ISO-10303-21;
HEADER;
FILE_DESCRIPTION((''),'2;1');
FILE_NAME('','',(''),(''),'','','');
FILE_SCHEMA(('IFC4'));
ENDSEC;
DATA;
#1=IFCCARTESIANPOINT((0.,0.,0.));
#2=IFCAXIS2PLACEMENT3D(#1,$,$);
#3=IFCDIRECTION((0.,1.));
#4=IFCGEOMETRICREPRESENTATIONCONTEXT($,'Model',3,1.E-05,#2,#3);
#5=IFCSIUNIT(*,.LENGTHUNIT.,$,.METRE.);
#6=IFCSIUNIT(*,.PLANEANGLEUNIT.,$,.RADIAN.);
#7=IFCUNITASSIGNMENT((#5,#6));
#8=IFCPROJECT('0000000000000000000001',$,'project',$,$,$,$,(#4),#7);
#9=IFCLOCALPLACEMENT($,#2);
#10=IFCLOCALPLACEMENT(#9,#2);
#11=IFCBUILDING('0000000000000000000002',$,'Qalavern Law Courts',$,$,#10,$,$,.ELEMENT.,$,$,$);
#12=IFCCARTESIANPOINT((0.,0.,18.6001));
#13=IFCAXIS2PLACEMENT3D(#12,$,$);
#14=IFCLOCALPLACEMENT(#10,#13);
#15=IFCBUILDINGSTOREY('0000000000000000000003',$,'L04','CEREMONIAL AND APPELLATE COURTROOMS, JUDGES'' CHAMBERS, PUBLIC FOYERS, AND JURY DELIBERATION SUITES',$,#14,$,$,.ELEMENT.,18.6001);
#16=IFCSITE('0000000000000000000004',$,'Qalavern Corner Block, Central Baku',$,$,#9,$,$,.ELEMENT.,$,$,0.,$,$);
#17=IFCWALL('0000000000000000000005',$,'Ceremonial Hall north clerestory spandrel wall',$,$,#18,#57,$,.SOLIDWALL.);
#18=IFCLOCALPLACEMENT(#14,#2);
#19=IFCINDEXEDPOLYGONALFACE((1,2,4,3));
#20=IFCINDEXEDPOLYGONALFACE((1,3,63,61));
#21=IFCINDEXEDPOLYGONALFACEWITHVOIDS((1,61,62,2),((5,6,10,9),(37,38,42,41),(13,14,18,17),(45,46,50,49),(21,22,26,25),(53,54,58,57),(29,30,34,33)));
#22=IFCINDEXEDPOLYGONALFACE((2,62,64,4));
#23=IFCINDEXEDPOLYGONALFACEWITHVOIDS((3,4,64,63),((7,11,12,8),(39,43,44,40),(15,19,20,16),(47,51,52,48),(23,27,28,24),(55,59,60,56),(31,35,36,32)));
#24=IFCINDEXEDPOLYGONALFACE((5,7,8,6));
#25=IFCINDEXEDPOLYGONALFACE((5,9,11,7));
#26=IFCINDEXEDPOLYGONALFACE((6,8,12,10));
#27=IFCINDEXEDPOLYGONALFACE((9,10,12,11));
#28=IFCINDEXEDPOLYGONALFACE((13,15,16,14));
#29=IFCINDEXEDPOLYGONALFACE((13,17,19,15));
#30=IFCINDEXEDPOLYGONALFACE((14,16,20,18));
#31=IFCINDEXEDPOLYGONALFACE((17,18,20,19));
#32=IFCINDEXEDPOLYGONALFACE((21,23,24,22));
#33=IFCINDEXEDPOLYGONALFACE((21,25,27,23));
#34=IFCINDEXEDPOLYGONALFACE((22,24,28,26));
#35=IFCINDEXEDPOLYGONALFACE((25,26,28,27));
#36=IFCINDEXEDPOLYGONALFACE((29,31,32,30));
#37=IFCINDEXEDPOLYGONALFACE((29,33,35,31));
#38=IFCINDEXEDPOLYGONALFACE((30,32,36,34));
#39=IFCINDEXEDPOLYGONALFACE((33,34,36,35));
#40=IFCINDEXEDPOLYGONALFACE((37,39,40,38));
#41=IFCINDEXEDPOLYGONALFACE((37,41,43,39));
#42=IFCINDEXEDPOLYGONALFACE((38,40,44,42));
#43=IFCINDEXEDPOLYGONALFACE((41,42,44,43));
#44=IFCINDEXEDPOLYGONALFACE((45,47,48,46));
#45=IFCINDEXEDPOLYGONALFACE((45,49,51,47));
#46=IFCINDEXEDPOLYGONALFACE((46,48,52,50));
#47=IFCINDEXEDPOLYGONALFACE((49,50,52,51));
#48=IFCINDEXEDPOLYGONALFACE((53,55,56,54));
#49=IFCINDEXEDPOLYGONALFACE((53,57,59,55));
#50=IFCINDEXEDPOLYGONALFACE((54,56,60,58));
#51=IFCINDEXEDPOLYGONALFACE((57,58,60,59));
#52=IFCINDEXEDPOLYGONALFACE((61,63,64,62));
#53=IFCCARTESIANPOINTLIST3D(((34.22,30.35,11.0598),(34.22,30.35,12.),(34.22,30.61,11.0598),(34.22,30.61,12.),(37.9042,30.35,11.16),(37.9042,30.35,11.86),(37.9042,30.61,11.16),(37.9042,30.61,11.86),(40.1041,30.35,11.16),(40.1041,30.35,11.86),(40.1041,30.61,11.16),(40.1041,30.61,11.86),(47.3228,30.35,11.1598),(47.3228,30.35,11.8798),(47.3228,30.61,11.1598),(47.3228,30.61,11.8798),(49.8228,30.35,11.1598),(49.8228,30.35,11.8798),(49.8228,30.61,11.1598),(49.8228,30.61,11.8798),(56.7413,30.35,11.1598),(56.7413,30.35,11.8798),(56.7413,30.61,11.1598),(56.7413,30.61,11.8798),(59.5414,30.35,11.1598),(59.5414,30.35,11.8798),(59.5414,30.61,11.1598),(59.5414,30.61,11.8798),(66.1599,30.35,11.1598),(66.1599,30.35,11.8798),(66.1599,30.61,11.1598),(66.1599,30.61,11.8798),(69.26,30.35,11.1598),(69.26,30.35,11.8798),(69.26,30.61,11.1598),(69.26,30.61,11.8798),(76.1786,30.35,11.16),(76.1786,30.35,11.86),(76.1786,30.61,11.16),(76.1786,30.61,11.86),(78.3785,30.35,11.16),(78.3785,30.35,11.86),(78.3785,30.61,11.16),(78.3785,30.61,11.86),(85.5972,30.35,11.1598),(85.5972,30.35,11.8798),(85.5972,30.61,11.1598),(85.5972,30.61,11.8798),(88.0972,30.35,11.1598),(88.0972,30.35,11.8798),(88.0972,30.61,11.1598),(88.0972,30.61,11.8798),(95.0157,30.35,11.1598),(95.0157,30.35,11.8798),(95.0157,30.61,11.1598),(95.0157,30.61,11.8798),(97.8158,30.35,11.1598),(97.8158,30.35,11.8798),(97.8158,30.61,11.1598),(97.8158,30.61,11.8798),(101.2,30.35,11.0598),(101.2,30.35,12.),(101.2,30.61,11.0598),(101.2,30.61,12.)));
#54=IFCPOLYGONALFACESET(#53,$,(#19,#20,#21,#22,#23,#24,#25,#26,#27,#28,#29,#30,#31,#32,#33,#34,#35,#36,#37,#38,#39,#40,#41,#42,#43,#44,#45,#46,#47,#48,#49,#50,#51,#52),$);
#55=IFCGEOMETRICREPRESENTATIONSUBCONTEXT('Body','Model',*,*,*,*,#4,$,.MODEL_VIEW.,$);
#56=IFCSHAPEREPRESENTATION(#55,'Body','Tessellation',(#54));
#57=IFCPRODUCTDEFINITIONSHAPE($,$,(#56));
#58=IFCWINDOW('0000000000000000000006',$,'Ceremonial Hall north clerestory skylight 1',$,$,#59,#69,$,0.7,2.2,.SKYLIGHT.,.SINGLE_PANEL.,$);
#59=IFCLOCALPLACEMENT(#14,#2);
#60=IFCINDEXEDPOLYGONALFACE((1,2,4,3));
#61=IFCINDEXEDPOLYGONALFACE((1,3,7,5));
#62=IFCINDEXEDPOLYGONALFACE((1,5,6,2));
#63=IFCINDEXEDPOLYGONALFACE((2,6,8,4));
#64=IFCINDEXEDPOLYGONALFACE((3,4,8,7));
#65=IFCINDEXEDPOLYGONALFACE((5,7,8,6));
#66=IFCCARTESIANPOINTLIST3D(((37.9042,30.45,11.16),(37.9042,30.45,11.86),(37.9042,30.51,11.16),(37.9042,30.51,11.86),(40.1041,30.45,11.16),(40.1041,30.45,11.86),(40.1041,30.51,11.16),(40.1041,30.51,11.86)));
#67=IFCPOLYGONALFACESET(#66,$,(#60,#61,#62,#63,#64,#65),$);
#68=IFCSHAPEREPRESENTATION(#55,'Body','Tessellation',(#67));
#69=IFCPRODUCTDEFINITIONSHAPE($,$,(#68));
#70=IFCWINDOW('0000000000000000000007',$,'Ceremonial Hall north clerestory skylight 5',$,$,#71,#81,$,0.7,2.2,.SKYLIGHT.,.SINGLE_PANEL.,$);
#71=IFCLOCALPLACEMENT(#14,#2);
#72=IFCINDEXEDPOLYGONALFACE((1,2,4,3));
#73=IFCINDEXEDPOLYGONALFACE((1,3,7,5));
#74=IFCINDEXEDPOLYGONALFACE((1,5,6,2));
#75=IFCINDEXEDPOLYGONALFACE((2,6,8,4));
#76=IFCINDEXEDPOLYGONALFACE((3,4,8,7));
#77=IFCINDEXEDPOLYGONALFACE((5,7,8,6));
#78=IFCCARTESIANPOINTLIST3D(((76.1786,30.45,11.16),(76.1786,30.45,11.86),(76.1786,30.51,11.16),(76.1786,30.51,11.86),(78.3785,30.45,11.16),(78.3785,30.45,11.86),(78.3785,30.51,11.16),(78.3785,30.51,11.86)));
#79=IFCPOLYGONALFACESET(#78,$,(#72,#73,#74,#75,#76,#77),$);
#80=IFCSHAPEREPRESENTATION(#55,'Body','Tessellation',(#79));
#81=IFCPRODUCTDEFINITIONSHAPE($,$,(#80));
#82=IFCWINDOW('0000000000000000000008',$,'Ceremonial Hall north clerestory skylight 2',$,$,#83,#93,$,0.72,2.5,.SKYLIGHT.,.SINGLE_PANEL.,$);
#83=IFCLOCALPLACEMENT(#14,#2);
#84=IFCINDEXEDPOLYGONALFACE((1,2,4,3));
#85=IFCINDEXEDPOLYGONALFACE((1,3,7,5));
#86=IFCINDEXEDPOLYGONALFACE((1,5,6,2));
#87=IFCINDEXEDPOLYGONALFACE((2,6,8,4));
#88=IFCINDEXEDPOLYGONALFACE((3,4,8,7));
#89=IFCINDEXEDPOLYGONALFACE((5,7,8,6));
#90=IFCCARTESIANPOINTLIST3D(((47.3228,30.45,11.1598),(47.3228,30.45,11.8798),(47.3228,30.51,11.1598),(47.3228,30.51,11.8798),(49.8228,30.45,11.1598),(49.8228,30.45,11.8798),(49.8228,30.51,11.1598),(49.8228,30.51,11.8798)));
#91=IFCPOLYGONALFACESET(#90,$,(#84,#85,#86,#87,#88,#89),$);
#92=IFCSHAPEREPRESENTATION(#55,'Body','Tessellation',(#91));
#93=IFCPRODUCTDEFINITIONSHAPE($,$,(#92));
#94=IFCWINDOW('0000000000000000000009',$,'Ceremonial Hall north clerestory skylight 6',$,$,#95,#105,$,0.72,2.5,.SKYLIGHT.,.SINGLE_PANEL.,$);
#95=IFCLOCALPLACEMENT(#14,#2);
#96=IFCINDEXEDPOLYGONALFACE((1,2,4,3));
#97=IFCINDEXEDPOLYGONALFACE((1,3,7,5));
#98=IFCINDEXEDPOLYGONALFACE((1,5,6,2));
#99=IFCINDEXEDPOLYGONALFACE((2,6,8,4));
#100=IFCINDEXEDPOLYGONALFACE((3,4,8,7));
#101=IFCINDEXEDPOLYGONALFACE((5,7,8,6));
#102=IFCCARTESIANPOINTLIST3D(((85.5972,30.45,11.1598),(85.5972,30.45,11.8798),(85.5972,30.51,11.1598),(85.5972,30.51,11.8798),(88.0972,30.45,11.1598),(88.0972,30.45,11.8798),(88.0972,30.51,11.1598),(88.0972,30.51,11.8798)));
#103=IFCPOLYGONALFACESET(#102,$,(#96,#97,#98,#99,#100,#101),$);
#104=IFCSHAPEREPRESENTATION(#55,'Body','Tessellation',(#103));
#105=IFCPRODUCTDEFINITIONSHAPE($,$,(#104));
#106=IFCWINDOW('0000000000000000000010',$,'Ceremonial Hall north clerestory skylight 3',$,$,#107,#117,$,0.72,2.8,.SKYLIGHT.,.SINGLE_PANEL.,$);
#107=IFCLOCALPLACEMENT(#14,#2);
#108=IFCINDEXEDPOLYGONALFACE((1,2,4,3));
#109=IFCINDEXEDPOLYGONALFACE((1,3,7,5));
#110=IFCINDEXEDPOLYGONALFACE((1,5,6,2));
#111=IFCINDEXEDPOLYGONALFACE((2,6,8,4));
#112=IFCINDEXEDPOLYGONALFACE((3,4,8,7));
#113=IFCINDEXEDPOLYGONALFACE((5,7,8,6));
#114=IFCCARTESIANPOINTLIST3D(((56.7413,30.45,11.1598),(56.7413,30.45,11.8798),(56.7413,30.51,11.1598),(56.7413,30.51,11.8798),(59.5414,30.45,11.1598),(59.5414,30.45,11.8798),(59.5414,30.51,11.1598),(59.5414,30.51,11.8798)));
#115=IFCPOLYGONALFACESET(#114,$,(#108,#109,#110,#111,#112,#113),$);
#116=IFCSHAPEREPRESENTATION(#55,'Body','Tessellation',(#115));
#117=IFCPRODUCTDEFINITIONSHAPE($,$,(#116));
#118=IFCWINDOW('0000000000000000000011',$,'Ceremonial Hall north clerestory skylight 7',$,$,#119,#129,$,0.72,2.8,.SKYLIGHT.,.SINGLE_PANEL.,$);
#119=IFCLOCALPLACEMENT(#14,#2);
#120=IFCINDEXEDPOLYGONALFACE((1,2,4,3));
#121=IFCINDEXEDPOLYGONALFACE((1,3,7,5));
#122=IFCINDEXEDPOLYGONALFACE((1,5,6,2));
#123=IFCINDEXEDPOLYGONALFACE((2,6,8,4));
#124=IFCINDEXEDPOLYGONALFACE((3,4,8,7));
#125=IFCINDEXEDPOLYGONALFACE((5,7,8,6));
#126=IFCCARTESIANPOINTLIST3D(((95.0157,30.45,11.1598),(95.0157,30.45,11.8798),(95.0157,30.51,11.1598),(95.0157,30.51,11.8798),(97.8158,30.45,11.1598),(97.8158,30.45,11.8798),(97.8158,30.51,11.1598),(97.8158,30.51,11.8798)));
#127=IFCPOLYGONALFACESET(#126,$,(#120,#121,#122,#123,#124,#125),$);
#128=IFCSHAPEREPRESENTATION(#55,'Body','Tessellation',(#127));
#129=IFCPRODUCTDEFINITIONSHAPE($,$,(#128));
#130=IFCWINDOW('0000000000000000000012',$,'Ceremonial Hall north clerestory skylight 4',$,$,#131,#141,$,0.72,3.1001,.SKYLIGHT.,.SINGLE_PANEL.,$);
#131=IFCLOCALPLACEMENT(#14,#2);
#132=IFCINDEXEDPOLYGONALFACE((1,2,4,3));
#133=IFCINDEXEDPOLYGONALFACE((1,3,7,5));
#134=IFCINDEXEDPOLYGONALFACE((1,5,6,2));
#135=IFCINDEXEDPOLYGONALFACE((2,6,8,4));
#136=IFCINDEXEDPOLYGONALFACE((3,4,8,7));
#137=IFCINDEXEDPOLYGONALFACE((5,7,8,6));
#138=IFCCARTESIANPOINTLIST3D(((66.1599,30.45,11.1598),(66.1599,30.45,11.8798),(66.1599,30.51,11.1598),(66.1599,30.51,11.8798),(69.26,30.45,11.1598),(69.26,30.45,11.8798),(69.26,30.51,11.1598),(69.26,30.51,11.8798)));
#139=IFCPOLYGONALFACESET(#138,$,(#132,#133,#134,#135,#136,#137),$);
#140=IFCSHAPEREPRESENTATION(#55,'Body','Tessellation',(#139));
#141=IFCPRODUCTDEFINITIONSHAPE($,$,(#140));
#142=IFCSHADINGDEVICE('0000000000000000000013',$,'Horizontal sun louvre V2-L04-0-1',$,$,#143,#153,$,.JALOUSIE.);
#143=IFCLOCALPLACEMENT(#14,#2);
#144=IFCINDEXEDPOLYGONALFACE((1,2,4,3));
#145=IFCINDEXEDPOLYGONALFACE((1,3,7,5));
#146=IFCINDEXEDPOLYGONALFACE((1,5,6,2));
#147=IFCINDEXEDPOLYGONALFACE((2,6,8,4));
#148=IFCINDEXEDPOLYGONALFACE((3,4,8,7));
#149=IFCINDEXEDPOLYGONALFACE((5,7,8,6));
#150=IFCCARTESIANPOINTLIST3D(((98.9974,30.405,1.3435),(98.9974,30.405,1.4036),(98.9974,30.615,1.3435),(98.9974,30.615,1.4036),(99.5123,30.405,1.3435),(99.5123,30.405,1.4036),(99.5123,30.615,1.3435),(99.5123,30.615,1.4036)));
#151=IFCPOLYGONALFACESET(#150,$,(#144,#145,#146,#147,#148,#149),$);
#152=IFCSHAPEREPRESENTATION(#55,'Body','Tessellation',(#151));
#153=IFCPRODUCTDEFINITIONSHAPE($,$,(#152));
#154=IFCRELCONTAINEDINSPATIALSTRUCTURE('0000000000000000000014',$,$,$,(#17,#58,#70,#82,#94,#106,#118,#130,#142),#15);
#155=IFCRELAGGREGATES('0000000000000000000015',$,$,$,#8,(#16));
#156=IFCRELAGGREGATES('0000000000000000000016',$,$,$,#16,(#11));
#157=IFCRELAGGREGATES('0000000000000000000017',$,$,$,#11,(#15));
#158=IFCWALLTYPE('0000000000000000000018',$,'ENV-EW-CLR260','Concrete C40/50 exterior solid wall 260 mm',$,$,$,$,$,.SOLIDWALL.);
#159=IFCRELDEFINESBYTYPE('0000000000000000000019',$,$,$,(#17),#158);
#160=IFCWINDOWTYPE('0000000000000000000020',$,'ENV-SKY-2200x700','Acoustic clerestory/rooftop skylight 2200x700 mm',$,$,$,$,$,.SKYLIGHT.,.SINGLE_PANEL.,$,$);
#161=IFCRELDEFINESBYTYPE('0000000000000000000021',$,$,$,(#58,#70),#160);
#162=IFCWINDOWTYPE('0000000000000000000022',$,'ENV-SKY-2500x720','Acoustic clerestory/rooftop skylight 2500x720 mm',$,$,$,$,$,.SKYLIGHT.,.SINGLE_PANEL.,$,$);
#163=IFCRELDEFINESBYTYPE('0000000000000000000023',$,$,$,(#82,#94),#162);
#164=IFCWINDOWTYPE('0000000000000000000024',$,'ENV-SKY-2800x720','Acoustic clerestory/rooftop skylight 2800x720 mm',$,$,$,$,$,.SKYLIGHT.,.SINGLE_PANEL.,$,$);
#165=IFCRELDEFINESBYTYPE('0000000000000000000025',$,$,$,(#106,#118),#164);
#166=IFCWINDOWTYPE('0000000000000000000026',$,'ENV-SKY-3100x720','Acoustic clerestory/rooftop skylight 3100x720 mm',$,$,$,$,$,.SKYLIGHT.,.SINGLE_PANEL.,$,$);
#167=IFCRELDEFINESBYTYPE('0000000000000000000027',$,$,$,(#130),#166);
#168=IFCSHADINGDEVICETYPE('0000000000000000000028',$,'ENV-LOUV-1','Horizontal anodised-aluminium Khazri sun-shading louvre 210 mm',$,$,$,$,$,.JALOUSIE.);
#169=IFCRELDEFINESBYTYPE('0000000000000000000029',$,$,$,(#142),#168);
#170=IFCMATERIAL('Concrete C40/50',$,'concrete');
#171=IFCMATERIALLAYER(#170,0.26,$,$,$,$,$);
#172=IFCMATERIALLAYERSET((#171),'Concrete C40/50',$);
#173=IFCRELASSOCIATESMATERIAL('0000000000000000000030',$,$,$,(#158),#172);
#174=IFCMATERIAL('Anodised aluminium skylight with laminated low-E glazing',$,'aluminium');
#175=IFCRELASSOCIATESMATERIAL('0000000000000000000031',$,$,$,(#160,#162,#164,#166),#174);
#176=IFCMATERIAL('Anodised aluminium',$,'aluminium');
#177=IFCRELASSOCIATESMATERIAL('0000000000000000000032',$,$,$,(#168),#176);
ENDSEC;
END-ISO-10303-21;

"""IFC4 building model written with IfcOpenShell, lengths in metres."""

from ifc_helpers import new_model, si_unit, direction, frame, frame_2d, origin, origin_2d, place, context, subcontext, project, spatial, rectangle, extrude, material, layer, layer_set, type_object, element, fill, save


model = new_model("IFC4")

# Units and contexts
model_context = context("Model", 3, precision=1e-05, world=origin(), true_north=direction((0.0, 1.0)))
body_context = subcontext(model_context, "Body", "Model", "MODEL_VIEW")
ifc_project = project(units=[si_unit("LENGTHUNIT", "METRE"), si_unit("PLANEANGLEUNIT", "RADIAN")], contexts=[model_context])

# Site, building, storey
site_placement = place(None, origin())
site = spatial("IfcSite", under=ifc_project, at=site_placement, Name="Qalavern Corner Block, Central Baku", CompositionType="ELEMENT", RefElevation=0.0)
building_placement = place(site_placement, origin())
building = spatial("IfcBuilding", under=site, at=building_placement, Name="Qalavern Law Courts", CompositionType="ELEMENT")
storey_placement = place(building_placement, frame((0.0, 0.0, 18.6001)))
storey = spatial("IfcBuildingStorey", under=building, at=storey_placement, Name="L04", Description="CEREMONIAL AND APPELLATE COURTROOMS, JUDGES' CHAMBERS, PUBLIC FOYERS, AND JURY DELIBERATION SUITES", CompositionType="ELEMENT", Elevation=18.6001)

# Shared definitions
ifc_material_1 = material(Name="Anodised aluminium", Category="aluminium")

# Wall, openings, windows
ifc_material_2 = material(Name="Concrete C40/50", Category="concrete")
ifc_layer_1 = layer(ifc_material_2, 0.26)
ifc_layer_set_1 = layer_set([ifc_layer_1], Name="Concrete C40/50")
wall_type = type_object("IfcWallType", Name="ENV-EW-CLR260", Description="Concrete C40/50 exterior solid wall 260 mm", PredefinedType="SOLIDWALL", material=ifc_layer_set_1)
wall_placement = place(storey_placement, frame((101.2, 30.48, 11.0598), z_axis=(0.0, 0.0, 1.0), x_axis=(-1.0, 0.0, 0.0)))
wall = element("IfcWall", 1, at=wall_placement, inside=storey, type_object=wall_type, Name="Ceremonial Hall north clerestory spandrel wall", PredefinedType="SOLIDWALL", context=body_context, shape_type="SweptSolid", body=[
    extrude(rectangle(XDim=66.98, YDim=0.26, at=frame_2d((33.49, 0.0))), origin(), (0.0, 0.0, 1.0), 0.9402),
])
opening_1_placement = place(wall_placement, frame((61.0957, 0.0, 0.1001)))
opening_1 = element("IfcOpeningElement", 2, at=opening_1_placement, cuts=wall, PredefinedType="OPENING", context=body_context, shape_type="SweptSolid", body=[
    extrude(rectangle(XDim=2.2, YDim=0.7, at=frame_2d((1.1001, 0.3501))), frame((0.0, 0.145, 0.0), z_axis=(0.0, -1.0, 0.0), x_axis=(1.0, 0.0, 0.0)), (0.0, 0.0, 1.0), 0.2898),
])
opening_2_placement = place(wall_placement, frame((51.3772, 0.0, 0.1001)))
opening_2 = element("IfcOpeningElement", 3, at=opening_2_placement, cuts=wall, PredefinedType="OPENING", context=body_context, shape_type="SweptSolid", body=[
    extrude(rectangle(XDim=2.5, YDim=0.72, at=frame_2d((1.25, 0.3599))), frame((0.0, 0.145, 0.0), z_axis=(0.0, -1.0, 0.0), x_axis=(1.0, 0.0, 0.0)), (0.0, 0.0, 1.0), 0.2898),
])
opening_3_placement = place(wall_placement, frame((41.6587, 0.0, 0.1001)))
opening_3 = element("IfcOpeningElement", 4, at=opening_3_placement, cuts=wall, PredefinedType="OPENING", context=body_context, shape_type="SweptSolid", body=[
    extrude(rectangle(XDim=2.8, YDim=0.72, at=frame_2d((1.3999, 0.3599))), frame((0.0, 0.145, 0.0), z_axis=(0.0, -1.0, 0.0), x_axis=(1.0, 0.0, 0.0)), (0.0, 0.0, 1.0), 0.2898),
])
opening_4_placement = place(wall_placement, frame((31.9399, 0.0, 0.1001)))
opening_4 = element("IfcOpeningElement", 5, at=opening_4_placement, cuts=wall, PredefinedType="OPENING", context=body_context, shape_type="SweptSolid", body=[
    extrude(rectangle(XDim=3.1001, YDim=0.72, at=frame_2d((1.55, 0.3599))), frame((0.0, 0.145, 0.0), z_axis=(0.0, -1.0, 0.0), x_axis=(1.0, 0.0, 0.0)), (0.0, 0.0, 1.0), 0.2898),
])
opening_5_placement = place(wall_placement, frame((22.8213, 0.0, 0.1001)))
opening_5 = element("IfcOpeningElement", 6, at=opening_5_placement, cuts=wall, PredefinedType="OPENING", context=body_context, shape_type="SweptSolid", body=[
    extrude(rectangle(XDim=2.2, YDim=0.7, at=frame_2d((1.1001, 0.3501))), frame((0.0, 0.145, 0.0), z_axis=(0.0, -1.0, 0.0), x_axis=(1.0, 0.0, 0.0)), (0.0, 0.0, 1.0), 0.2898),
])
opening_6_placement = place(wall_placement, frame((13.1028, 0.0, 0.1001)))
opening_6 = element("IfcOpeningElement", 7, at=opening_6_placement, cuts=wall, PredefinedType="OPENING", context=body_context, shape_type="SweptSolid", body=[
    extrude(rectangle(XDim=2.5, YDim=0.72, at=frame_2d((1.25, 0.3599))), frame((0.0, 0.145, 0.0), z_axis=(0.0, -1.0, 0.0), x_axis=(1.0, 0.0, 0.0)), (0.0, 0.0, 1.0), 0.2898),
])
opening_7_placement = place(wall_placement, frame((3.3843, 0.0, 0.1001)))
opening_7 = element("IfcOpeningElement", 8, at=opening_7_placement, cuts=wall, PredefinedType="OPENING", context=body_context, shape_type="SweptSolid", body=[
    extrude(rectangle(XDim=2.8, YDim=0.72, at=frame_2d((1.3999, 0.3599))), frame((0.0, 0.145, 0.0), z_axis=(0.0, -1.0, 0.0), x_axis=(1.0, 0.0, 0.0)), (0.0, 0.0, 1.0), 0.2898),
])
ifc_material_3 = material(Name="Anodised aluminium skylight with laminated low-E glazing", Category="aluminium")
window_type_1 = type_object("IfcWindowType", Name="ENV-SKY-2200x700", Description="Acoustic clerestory/rooftop skylight 2200x700 mm", PartitioningType="SINGLE_PANEL", PredefinedType="SKYLIGHT", material=ifc_material_3)
window_1_placement = place(opening_1_placement, origin())
window_1 = element("IfcWindow", 9, at=window_1_placement, inside=storey, type_object=window_type_1, Name="Ceremonial Hall north clerestory skylight 1", OverallHeight=0.7, OverallWidth=2.2, PartitioningType="SINGLE_PANEL", PredefinedType="SKYLIGHT", context=body_context, shape_type="SweptSolid", body=[
    extrude(rectangle(XDim=2.2, YDim=0.7, at=frame_2d((1.1001, 0.3501))), frame((0.0, 0.03, 0.0), z_axis=(0.0, -1.0, 0.0), x_axis=(1.0, 0.0, 0.0)), (0.0, 0.0, 1.0), 0.0601),
])
fill(opening_1, window_1)
window_2_placement = place(opening_5_placement, origin())
window_2 = element("IfcWindow", 10, at=window_2_placement, inside=storey, type_object=window_type_1, Name="Ceremonial Hall north clerestory skylight 5", OverallHeight=0.7, OverallWidth=2.2, PartitioningType="SINGLE_PANEL", PredefinedType="SKYLIGHT", context=body_context, shape_type="SweptSolid", body=[
    extrude(rectangle(XDim=2.2, YDim=0.7, at=frame_2d((1.1001, 0.3501))), frame((0.0, 0.03, 0.0), z_axis=(0.0, -1.0, 0.0), x_axis=(1.0, 0.0, 0.0)), (0.0, 0.0, 1.0), 0.0601),
])
fill(opening_5, window_2)
window_type_2 = type_object("IfcWindowType", Name="ENV-SKY-2500x720", Description="Acoustic clerestory/rooftop skylight 2500x720 mm", PartitioningType="SINGLE_PANEL", PredefinedType="SKYLIGHT", material=ifc_material_3)
window_3_placement = place(opening_2_placement, origin())
window_3 = element("IfcWindow", 11, at=window_3_placement, inside=storey, type_object=window_type_2, Name="Ceremonial Hall north clerestory skylight 2", OverallHeight=0.72, OverallWidth=2.5, PartitioningType="SINGLE_PANEL", PredefinedType="SKYLIGHT", context=body_context, shape_type="SweptSolid", body=[
    extrude(rectangle(XDim=2.5, YDim=0.72, at=frame_2d((1.25, 0.3599))), frame((0.0, 0.03, 0.0), z_axis=(0.0, -1.0, 0.0), x_axis=(1.0, 0.0, 0.0)), (0.0, 0.0, 1.0), 0.0601),
])
fill(opening_2, window_3)
window_4_placement = place(opening_6_placement, origin())
window_4 = element("IfcWindow", 12, at=window_4_placement, inside=storey, type_object=window_type_2, Name="Ceremonial Hall north clerestory skylight 6", OverallHeight=0.72, OverallWidth=2.5, PartitioningType="SINGLE_PANEL", PredefinedType="SKYLIGHT", context=body_context, shape_type="SweptSolid", body=[
    extrude(rectangle(XDim=2.5, YDim=0.72, at=frame_2d((1.25, 0.3599))), frame((0.0, 0.03, 0.0), z_axis=(0.0, -1.0, 0.0), x_axis=(1.0, 0.0, 0.0)), (0.0, 0.0, 1.0), 0.0601),
])
fill(opening_6, window_4)
window_type_3 = type_object("IfcWindowType", Name="ENV-SKY-2800x720", Description="Acoustic clerestory/rooftop skylight 2800x720 mm", PartitioningType="SINGLE_PANEL", PredefinedType="SKYLIGHT", material=ifc_material_3)
window_5_placement = place(opening_3_placement, origin())
window_5 = element("IfcWindow", 13, at=window_5_placement, inside=storey, type_object=window_type_3, Name="Ceremonial Hall north clerestory skylight 3", OverallHeight=0.72, OverallWidth=2.8, PartitioningType="SINGLE_PANEL", PredefinedType="SKYLIGHT", context=body_context, shape_type="SweptSolid", body=[
    extrude(rectangle(XDim=2.8, YDim=0.72, at=frame_2d((1.3999, 0.3599))), frame((0.0, 0.03, 0.0), z_axis=(0.0, -1.0, 0.0), x_axis=(1.0, 0.0, 0.0)), (0.0, 0.0, 1.0), 0.0601),
])
fill(opening_3, window_5)
window_6_placement = place(opening_7_placement, origin())
window_6 = element("IfcWindow", 14, at=window_6_placement, inside=storey, type_object=window_type_3, Name="Ceremonial Hall north clerestory skylight 7", OverallHeight=0.72, OverallWidth=2.8, PartitioningType="SINGLE_PANEL", PredefinedType="SKYLIGHT", context=body_context, shape_type="SweptSolid", body=[
    extrude(rectangle(XDim=2.8, YDim=0.72, at=frame_2d((1.3999, 0.3599))), frame((0.0, 0.03, 0.0), z_axis=(0.0, -1.0, 0.0), x_axis=(1.0, 0.0, 0.0)), (0.0, 0.0, 1.0), 0.0601),
])
fill(opening_7, window_6)
window_type_4 = type_object("IfcWindowType", Name="ENV-SKY-3100x720", Description="Acoustic clerestory/rooftop skylight 3100x720 mm", PartitioningType="SINGLE_PANEL", PredefinedType="SKYLIGHT", material=ifc_material_3)
window_7_placement = place(opening_4_placement, origin())
window_7 = element("IfcWindow", 15, at=window_7_placement, inside=storey, type_object=window_type_4, Name="Ceremonial Hall north clerestory skylight 4", OverallHeight=0.72, OverallWidth=3.1001, PartitioningType="SINGLE_PANEL", PredefinedType="SKYLIGHT", context=body_context, shape_type="SweptSolid", body=[
    extrude(rectangle(XDim=3.1001, YDim=0.72, at=frame_2d((1.55, 0.3599))), frame((0.0, 0.03, 0.0), z_axis=(0.0, -1.0, 0.0), x_axis=(1.0, 0.0, 0.0)), (0.0, 0.0, 1.0), 0.0601),
])
fill(opening_4, window_7)

# Shading device
shading_device_type_1 = type_object("IfcShadingDeviceType", Name="ENV-LOUV-1", Description="Horizontal anodised-aluminium Khazri sun-shading louvre 210 mm", PredefinedType="JALOUSIE", material=ifc_material_1)
for number, where, z_axis, x_axis, name in (
    (16, (99.2549, 30.51, 1.3435), (0.0, 0.0, 1.0), (-1.0, 0.0, 0.0), "Horizontal sun louvre V2-L04-0-1"),
):
    element("IfcShadingDevice", number, at=place(storey_placement, frame(where, z_axis=z_axis, x_axis=x_axis)), inside=storey, type_object=shading_device_type_1, Name=name, PredefinedType="JALOUSIE", context=body_context, shape_type="SweptSolid", body=[
        extrude(rectangle(XDim=0.5149, YDim=0.21, at=origin_2d()), origin(), (0.0, 0.0, 1.0), 0.0601),
    ])

save(model, "model.ifc")
